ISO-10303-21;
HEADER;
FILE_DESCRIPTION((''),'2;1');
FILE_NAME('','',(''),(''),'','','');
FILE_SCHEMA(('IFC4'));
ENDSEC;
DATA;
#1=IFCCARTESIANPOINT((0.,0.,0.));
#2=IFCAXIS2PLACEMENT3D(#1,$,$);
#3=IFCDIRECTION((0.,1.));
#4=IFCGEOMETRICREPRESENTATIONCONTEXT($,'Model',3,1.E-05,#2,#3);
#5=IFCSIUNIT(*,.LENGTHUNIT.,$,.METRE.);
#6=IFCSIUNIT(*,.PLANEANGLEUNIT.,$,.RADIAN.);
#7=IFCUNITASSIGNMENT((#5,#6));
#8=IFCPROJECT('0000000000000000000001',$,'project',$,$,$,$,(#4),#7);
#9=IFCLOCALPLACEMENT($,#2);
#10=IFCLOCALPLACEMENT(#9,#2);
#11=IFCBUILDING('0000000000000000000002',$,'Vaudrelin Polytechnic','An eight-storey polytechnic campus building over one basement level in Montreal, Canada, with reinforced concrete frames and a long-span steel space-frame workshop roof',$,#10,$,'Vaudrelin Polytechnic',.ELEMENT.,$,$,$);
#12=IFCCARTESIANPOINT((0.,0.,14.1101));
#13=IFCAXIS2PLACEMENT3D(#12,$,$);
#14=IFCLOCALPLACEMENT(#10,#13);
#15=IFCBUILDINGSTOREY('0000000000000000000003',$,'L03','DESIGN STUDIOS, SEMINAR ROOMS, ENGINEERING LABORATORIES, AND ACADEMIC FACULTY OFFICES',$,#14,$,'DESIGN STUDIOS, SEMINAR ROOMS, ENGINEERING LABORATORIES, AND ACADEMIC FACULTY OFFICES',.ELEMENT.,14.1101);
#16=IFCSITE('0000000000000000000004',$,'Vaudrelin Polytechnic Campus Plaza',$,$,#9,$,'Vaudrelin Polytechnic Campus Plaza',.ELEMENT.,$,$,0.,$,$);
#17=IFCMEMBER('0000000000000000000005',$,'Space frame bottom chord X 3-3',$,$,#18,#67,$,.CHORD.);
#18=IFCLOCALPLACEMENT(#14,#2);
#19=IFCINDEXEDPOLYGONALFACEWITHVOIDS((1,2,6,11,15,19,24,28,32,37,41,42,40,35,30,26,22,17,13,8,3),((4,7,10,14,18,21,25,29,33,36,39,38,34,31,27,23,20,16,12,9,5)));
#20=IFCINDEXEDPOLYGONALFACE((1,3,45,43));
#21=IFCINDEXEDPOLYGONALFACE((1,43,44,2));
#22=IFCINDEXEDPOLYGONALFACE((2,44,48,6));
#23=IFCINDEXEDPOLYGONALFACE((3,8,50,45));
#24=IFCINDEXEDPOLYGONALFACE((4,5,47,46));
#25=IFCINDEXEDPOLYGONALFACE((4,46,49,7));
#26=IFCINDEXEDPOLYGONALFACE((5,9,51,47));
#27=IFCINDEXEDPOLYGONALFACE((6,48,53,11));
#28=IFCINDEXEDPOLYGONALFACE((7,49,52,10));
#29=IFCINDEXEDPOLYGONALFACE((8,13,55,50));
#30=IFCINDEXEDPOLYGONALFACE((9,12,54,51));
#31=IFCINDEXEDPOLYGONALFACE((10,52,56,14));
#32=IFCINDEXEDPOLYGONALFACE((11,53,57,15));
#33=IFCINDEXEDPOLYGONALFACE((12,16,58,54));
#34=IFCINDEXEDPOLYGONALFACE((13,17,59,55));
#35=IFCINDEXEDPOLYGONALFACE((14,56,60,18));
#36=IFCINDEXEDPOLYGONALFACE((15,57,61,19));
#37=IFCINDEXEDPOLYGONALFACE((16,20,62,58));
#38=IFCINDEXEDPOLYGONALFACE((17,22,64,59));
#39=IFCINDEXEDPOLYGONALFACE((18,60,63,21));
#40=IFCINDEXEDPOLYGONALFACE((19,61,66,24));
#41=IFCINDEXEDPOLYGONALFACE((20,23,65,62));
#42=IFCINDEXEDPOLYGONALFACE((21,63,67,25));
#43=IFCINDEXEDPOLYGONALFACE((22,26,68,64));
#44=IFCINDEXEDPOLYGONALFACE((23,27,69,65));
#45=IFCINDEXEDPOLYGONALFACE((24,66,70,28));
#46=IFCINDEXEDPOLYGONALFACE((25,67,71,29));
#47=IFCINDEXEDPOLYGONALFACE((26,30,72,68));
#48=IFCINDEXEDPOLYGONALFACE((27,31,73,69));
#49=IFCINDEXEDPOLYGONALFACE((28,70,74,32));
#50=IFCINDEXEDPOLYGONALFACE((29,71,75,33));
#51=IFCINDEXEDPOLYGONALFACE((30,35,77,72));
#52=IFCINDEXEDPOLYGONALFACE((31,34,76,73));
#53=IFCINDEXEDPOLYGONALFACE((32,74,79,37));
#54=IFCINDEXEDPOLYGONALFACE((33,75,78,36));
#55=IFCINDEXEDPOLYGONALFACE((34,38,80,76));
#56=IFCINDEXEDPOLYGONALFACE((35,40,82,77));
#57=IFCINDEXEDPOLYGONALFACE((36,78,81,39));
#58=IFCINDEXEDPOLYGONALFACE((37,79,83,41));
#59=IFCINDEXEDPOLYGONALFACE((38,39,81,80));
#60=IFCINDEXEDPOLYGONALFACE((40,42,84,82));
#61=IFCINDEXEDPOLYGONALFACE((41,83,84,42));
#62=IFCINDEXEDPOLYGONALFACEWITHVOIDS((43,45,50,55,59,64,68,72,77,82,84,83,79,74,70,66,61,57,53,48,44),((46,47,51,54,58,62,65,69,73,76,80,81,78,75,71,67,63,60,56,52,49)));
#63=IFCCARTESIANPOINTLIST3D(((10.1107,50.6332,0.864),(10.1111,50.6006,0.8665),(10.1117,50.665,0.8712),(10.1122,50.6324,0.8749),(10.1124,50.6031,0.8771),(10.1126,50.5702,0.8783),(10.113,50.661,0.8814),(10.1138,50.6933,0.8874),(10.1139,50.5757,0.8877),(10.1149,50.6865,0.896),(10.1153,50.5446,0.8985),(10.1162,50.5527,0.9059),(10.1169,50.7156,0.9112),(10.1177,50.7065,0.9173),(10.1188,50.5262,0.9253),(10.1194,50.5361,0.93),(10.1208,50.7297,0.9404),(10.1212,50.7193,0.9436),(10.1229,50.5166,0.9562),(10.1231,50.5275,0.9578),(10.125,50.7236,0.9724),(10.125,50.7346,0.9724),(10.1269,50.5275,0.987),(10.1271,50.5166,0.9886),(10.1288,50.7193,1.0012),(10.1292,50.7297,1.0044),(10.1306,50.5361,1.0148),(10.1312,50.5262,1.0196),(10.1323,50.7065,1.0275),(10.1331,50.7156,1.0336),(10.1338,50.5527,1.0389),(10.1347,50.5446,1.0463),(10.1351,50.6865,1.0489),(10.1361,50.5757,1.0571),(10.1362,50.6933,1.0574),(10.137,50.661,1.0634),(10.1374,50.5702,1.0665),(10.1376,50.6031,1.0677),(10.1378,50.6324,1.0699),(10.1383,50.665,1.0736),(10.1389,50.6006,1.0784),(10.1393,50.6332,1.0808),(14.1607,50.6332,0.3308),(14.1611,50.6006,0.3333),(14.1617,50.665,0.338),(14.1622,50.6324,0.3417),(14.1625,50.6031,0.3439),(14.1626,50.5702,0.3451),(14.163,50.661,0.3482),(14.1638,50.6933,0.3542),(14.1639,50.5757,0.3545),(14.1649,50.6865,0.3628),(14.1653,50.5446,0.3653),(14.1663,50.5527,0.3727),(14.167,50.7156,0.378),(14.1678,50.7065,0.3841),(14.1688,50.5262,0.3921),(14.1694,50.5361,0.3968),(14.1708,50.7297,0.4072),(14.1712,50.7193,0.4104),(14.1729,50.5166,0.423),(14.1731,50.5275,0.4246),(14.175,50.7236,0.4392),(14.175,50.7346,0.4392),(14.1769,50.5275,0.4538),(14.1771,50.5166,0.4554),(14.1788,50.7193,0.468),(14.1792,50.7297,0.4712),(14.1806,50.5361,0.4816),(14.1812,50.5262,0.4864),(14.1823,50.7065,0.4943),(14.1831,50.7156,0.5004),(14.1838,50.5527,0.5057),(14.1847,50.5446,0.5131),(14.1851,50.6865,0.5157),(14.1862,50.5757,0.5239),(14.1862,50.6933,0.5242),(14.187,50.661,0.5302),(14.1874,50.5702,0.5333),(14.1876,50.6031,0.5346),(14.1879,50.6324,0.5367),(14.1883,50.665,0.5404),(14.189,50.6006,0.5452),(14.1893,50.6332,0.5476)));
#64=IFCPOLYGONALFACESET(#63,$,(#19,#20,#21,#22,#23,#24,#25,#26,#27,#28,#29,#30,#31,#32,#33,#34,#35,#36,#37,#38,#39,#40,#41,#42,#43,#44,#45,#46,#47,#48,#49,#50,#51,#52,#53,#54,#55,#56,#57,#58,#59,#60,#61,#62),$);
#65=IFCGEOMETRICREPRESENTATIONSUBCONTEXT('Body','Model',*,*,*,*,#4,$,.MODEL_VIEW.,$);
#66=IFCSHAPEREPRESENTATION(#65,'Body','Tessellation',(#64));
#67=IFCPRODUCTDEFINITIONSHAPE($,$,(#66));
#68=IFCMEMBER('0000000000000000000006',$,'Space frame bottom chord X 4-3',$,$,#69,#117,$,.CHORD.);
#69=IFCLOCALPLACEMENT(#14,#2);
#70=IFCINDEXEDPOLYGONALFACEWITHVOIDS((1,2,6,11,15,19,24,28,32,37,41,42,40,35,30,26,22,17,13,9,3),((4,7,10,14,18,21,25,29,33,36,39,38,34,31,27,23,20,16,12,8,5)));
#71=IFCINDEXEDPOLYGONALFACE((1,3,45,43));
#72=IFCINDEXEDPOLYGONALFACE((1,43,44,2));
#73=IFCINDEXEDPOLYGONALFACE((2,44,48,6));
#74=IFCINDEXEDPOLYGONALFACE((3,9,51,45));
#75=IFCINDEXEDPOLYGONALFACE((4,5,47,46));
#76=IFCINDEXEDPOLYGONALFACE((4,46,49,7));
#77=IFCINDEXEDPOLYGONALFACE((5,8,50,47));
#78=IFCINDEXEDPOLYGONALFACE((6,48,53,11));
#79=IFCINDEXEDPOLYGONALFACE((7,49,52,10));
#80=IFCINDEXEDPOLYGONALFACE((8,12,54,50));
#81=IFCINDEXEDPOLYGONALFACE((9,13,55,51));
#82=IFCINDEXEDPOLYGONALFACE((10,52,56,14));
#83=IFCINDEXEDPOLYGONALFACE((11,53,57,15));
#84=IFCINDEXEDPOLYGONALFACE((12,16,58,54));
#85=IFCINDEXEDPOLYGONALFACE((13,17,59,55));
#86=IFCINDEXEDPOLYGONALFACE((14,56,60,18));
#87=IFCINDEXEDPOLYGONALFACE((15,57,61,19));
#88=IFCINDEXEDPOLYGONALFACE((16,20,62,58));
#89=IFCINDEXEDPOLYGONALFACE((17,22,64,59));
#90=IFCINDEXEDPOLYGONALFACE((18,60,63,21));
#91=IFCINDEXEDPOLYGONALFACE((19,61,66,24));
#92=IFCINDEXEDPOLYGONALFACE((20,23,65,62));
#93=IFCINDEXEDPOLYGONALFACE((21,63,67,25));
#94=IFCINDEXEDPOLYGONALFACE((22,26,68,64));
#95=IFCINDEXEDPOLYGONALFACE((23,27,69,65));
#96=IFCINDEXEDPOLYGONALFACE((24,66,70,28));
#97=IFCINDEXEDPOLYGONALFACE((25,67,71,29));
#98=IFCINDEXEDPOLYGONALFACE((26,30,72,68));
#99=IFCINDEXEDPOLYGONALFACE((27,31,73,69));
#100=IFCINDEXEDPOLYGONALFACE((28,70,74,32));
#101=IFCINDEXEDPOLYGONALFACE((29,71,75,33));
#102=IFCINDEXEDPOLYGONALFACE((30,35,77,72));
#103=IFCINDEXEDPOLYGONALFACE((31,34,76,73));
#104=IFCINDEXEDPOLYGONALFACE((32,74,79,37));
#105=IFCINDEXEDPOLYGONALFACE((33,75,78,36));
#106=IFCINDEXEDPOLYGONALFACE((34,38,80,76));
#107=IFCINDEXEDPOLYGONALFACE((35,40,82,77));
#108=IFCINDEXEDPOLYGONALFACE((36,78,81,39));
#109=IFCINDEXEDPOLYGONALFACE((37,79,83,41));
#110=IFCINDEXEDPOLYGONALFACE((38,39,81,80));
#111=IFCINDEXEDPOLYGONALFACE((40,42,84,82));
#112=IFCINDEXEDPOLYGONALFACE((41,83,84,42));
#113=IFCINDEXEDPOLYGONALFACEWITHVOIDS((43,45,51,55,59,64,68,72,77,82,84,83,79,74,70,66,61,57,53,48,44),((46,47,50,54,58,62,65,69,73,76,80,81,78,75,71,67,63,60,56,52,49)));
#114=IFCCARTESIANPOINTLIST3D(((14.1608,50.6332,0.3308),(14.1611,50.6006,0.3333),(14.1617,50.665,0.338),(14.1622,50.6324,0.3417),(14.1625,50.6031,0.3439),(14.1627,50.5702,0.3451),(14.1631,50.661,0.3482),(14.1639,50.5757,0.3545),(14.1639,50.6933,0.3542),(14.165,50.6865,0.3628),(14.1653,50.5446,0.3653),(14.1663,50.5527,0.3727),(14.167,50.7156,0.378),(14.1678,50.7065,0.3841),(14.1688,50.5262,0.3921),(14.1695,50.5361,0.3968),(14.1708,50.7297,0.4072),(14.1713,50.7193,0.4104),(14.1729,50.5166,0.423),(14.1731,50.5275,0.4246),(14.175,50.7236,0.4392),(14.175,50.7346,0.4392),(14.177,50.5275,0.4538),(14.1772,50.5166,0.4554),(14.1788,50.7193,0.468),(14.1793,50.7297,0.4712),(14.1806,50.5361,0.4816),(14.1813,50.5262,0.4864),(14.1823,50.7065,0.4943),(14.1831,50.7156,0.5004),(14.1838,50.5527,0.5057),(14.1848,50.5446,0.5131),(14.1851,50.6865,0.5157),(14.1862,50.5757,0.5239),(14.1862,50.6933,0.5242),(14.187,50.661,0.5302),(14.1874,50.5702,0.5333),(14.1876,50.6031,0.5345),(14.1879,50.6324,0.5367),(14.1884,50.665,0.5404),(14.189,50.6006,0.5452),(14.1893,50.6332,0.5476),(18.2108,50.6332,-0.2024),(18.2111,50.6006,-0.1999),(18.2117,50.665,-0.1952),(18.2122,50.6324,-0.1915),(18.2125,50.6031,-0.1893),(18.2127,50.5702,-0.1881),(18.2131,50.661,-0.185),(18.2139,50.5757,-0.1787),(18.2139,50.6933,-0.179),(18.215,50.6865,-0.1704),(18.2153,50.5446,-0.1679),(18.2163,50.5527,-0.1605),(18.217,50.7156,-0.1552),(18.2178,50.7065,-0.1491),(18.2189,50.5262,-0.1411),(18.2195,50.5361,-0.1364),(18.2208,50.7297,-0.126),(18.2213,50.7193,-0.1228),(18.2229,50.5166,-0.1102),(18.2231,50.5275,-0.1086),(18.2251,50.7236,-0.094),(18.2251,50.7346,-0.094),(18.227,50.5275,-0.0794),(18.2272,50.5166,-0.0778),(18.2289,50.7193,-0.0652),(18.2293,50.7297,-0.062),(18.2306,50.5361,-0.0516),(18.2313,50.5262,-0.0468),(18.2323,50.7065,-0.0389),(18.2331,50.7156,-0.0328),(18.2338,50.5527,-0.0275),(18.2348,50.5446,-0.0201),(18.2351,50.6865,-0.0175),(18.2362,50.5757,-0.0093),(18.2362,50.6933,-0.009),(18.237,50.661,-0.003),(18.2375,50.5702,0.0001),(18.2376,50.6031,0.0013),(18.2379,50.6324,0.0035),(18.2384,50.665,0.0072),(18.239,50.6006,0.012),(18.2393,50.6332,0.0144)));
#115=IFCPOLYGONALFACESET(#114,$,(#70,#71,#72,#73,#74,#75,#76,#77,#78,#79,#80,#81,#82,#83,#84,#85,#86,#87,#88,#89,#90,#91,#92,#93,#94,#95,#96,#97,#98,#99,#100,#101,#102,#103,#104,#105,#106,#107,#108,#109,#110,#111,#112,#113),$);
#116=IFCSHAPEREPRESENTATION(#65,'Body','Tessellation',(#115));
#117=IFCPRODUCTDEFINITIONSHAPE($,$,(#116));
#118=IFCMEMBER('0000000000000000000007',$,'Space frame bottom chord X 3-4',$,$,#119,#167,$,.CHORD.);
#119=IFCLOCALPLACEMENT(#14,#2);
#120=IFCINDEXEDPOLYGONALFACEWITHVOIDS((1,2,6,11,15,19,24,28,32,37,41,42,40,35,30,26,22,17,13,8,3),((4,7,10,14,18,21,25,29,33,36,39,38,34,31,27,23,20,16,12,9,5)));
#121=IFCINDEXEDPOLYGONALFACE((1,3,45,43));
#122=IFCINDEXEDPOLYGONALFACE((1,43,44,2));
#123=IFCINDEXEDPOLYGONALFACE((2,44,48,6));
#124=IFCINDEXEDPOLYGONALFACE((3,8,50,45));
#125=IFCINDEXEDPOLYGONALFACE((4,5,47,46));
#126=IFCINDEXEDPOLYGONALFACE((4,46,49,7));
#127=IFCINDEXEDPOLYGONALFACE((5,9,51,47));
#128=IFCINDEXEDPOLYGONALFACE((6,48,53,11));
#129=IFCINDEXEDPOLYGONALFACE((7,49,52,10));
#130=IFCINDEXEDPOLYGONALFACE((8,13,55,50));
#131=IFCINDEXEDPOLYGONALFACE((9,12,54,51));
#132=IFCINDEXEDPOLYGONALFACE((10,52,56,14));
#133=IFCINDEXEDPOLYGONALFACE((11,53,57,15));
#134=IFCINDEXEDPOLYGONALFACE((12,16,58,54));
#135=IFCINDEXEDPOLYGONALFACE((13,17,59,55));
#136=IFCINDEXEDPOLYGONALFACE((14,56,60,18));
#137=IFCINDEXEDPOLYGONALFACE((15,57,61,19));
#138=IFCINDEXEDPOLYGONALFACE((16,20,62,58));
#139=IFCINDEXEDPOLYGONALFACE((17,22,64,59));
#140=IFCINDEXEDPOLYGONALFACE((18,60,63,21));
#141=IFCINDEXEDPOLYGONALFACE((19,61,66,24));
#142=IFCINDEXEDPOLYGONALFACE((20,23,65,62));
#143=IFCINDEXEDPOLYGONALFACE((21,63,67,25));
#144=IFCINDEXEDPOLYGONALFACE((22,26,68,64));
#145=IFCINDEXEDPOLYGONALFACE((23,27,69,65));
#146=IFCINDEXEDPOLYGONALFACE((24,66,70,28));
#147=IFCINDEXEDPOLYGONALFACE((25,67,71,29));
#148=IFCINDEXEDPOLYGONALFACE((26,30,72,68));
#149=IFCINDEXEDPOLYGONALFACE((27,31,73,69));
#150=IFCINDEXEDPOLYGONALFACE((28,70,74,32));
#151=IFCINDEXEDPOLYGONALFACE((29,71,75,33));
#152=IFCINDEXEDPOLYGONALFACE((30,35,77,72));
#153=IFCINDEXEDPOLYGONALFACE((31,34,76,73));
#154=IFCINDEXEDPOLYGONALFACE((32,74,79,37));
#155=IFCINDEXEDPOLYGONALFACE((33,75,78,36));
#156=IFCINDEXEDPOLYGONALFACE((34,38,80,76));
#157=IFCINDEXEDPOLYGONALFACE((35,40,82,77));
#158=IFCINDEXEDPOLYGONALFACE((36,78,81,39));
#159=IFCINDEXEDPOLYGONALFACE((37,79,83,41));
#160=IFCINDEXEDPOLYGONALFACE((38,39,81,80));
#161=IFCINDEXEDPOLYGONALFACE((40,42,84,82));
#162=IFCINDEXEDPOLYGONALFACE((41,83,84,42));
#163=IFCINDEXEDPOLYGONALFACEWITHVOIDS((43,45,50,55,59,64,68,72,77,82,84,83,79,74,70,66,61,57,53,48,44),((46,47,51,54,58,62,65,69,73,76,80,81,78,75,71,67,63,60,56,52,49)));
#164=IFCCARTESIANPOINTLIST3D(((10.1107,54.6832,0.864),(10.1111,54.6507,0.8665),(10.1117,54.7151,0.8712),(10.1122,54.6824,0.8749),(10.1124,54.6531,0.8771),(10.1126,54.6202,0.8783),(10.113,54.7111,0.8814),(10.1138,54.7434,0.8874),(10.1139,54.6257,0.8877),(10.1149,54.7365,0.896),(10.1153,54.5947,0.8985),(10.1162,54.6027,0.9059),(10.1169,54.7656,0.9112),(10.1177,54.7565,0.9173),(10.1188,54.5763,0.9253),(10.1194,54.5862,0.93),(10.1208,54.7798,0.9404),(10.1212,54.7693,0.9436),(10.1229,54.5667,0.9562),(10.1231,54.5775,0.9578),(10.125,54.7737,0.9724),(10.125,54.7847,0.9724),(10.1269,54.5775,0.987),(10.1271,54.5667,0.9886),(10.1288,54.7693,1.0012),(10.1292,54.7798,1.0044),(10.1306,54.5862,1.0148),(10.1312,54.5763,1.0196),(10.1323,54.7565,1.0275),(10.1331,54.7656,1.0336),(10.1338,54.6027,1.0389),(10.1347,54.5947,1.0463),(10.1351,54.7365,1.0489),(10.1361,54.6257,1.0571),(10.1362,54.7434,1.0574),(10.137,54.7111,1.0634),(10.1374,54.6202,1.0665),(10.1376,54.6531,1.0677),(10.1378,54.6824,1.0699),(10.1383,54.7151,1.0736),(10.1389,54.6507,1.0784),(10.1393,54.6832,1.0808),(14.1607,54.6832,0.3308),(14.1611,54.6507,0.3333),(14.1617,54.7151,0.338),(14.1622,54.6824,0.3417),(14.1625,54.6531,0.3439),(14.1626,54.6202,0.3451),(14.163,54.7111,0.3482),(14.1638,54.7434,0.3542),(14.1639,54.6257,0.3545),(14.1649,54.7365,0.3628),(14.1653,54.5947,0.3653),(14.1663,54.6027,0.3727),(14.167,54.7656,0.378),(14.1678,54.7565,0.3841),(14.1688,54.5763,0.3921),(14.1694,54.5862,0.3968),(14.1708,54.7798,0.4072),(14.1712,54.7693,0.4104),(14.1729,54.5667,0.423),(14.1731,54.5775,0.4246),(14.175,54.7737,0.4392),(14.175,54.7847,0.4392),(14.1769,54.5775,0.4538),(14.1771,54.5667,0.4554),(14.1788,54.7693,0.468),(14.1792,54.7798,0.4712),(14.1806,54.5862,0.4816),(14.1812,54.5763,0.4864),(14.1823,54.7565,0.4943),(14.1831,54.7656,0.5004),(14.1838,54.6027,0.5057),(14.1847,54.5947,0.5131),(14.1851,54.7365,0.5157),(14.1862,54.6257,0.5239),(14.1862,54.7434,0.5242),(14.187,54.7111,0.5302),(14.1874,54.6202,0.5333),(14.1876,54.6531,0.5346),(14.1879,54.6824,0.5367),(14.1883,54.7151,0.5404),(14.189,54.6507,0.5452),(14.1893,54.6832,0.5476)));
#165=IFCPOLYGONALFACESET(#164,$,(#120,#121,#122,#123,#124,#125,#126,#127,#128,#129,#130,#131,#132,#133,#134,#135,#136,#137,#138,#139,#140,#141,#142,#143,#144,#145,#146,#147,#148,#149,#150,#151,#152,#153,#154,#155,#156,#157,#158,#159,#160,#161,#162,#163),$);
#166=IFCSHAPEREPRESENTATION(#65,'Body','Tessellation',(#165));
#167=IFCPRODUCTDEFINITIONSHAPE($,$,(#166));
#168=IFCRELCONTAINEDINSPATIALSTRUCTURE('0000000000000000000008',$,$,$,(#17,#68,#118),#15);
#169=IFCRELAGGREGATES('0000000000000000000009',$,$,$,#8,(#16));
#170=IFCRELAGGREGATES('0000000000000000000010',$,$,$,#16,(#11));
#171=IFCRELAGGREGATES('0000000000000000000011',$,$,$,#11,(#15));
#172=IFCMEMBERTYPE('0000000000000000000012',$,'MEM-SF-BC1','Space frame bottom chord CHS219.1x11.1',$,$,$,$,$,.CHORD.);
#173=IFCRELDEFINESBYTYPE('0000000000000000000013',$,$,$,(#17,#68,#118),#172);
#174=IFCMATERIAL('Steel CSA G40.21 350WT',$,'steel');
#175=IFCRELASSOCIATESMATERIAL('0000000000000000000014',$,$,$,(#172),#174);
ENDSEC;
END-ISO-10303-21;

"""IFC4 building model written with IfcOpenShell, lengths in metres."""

from ifc_helpers import new_model, si_unit, direction, frame, origin, origin_2d, place, context, subcontext, project, spatial, hollow_circle, extrude, material, material_profile, profile_set, type_object, element, save


model = new_model("IFC4")

# Units and contexts
model_context = context("Model", 3, precision=1e-05, world=origin(), true_north=direction((0.0, 1.0)))
body_context = subcontext(model_context, "Body", "Model", "MODEL_VIEW")
ifc_project = project(units=[si_unit("LENGTHUNIT", "METRE"), si_unit("PLANEANGLEUNIT", "RADIAN")], contexts=[model_context])

# Site, building, storey
site_placement = place(None, origin())
site = spatial("IfcSite", under=ifc_project, at=site_placement, Name="Vaudrelin Polytechnic Campus Plaza", LongName="Vaudrelin Polytechnic Campus Plaza", CompositionType="ELEMENT", RefElevation=0.0)
building_placement = place(site_placement, origin())
building = spatial("IfcBuilding", under=site, at=building_placement, Name="Vaudrelin Polytechnic", Description="An eight-storey polytechnic campus building over one basement level in Montreal, Canada, with reinforced concrete frames and a long-span steel space-frame workshop roof", LongName="Vaudrelin Polytechnic", CompositionType="ELEMENT")
storey_placement = place(building_placement, frame((0.0, 0.0, 14.1101)))
storey = spatial("IfcBuildingStorey", under=building, at=storey_placement, Name="L03", Description="DESIGN STUDIOS, SEMINAR ROOMS, ENGINEERING LABORATORIES, AND ACADEMIC FACULTY OFFICES", LongName="DESIGN STUDIOS, SEMINAR ROOMS, ENGINEERING LABORATORIES, AND ACADEMIC FACULTY OFFICES", CompositionType="ELEMENT", Elevation=14.1101)

# Members
ifc_material = material(Name="Steel CSA G40.21 350WT", Category="steel")
ifc_material_profile_1 = material_profile(ifc_material, hollow_circle(Radius=0.1096, WallThickness=0.011, at=origin_2d()), Name="CHS219.1x11.1")
ifc_profile_set_1 = profile_set([ifc_material_profile_1], Name="Steel CSA G40.21 350WT")
member_type_1 = type_object("IfcMemberType", Name="MEM-SF-BC1", Description="Space frame bottom chord CHS219.1x11.1", PredefinedType="CHORD", material=ifc_profile_set_1)
for number, where, z_axis, x_axis, name in (
    (1, (10.125, 50.625, 0.9724), (0.991445, 0.0, -0.130527), (0.0, 1.0, 0.0), "Space frame bottom chord X 3-3"),
    (2, (14.175, 50.625, 0.4392), (0.991445, 0.0, -0.130527), (0.0, 1.0, 0.0), "Space frame bottom chord X 4-3"),
    (3, (10.125, 54.675, 0.9724), (0.991445, 0.0, -0.130527), (0.0, 1.0, 0.0), "Space frame bottom chord X 3-4"),
):
    element("IfcMember", number, at=place(storey_placement, frame(where, z_axis=z_axis, x_axis=x_axis)), inside=storey, type_object=member_type_1, Name=name, PredefinedType="CHORD", context=body_context, shape_type="SweptSolid", body=[
        extrude(hollow_circle(Radius=0.1096, WallThickness=0.011, at=origin_2d()), origin(), (0.0, 0.0, 1.0), 4.085),
    ])

save(model, "model.ifc")
